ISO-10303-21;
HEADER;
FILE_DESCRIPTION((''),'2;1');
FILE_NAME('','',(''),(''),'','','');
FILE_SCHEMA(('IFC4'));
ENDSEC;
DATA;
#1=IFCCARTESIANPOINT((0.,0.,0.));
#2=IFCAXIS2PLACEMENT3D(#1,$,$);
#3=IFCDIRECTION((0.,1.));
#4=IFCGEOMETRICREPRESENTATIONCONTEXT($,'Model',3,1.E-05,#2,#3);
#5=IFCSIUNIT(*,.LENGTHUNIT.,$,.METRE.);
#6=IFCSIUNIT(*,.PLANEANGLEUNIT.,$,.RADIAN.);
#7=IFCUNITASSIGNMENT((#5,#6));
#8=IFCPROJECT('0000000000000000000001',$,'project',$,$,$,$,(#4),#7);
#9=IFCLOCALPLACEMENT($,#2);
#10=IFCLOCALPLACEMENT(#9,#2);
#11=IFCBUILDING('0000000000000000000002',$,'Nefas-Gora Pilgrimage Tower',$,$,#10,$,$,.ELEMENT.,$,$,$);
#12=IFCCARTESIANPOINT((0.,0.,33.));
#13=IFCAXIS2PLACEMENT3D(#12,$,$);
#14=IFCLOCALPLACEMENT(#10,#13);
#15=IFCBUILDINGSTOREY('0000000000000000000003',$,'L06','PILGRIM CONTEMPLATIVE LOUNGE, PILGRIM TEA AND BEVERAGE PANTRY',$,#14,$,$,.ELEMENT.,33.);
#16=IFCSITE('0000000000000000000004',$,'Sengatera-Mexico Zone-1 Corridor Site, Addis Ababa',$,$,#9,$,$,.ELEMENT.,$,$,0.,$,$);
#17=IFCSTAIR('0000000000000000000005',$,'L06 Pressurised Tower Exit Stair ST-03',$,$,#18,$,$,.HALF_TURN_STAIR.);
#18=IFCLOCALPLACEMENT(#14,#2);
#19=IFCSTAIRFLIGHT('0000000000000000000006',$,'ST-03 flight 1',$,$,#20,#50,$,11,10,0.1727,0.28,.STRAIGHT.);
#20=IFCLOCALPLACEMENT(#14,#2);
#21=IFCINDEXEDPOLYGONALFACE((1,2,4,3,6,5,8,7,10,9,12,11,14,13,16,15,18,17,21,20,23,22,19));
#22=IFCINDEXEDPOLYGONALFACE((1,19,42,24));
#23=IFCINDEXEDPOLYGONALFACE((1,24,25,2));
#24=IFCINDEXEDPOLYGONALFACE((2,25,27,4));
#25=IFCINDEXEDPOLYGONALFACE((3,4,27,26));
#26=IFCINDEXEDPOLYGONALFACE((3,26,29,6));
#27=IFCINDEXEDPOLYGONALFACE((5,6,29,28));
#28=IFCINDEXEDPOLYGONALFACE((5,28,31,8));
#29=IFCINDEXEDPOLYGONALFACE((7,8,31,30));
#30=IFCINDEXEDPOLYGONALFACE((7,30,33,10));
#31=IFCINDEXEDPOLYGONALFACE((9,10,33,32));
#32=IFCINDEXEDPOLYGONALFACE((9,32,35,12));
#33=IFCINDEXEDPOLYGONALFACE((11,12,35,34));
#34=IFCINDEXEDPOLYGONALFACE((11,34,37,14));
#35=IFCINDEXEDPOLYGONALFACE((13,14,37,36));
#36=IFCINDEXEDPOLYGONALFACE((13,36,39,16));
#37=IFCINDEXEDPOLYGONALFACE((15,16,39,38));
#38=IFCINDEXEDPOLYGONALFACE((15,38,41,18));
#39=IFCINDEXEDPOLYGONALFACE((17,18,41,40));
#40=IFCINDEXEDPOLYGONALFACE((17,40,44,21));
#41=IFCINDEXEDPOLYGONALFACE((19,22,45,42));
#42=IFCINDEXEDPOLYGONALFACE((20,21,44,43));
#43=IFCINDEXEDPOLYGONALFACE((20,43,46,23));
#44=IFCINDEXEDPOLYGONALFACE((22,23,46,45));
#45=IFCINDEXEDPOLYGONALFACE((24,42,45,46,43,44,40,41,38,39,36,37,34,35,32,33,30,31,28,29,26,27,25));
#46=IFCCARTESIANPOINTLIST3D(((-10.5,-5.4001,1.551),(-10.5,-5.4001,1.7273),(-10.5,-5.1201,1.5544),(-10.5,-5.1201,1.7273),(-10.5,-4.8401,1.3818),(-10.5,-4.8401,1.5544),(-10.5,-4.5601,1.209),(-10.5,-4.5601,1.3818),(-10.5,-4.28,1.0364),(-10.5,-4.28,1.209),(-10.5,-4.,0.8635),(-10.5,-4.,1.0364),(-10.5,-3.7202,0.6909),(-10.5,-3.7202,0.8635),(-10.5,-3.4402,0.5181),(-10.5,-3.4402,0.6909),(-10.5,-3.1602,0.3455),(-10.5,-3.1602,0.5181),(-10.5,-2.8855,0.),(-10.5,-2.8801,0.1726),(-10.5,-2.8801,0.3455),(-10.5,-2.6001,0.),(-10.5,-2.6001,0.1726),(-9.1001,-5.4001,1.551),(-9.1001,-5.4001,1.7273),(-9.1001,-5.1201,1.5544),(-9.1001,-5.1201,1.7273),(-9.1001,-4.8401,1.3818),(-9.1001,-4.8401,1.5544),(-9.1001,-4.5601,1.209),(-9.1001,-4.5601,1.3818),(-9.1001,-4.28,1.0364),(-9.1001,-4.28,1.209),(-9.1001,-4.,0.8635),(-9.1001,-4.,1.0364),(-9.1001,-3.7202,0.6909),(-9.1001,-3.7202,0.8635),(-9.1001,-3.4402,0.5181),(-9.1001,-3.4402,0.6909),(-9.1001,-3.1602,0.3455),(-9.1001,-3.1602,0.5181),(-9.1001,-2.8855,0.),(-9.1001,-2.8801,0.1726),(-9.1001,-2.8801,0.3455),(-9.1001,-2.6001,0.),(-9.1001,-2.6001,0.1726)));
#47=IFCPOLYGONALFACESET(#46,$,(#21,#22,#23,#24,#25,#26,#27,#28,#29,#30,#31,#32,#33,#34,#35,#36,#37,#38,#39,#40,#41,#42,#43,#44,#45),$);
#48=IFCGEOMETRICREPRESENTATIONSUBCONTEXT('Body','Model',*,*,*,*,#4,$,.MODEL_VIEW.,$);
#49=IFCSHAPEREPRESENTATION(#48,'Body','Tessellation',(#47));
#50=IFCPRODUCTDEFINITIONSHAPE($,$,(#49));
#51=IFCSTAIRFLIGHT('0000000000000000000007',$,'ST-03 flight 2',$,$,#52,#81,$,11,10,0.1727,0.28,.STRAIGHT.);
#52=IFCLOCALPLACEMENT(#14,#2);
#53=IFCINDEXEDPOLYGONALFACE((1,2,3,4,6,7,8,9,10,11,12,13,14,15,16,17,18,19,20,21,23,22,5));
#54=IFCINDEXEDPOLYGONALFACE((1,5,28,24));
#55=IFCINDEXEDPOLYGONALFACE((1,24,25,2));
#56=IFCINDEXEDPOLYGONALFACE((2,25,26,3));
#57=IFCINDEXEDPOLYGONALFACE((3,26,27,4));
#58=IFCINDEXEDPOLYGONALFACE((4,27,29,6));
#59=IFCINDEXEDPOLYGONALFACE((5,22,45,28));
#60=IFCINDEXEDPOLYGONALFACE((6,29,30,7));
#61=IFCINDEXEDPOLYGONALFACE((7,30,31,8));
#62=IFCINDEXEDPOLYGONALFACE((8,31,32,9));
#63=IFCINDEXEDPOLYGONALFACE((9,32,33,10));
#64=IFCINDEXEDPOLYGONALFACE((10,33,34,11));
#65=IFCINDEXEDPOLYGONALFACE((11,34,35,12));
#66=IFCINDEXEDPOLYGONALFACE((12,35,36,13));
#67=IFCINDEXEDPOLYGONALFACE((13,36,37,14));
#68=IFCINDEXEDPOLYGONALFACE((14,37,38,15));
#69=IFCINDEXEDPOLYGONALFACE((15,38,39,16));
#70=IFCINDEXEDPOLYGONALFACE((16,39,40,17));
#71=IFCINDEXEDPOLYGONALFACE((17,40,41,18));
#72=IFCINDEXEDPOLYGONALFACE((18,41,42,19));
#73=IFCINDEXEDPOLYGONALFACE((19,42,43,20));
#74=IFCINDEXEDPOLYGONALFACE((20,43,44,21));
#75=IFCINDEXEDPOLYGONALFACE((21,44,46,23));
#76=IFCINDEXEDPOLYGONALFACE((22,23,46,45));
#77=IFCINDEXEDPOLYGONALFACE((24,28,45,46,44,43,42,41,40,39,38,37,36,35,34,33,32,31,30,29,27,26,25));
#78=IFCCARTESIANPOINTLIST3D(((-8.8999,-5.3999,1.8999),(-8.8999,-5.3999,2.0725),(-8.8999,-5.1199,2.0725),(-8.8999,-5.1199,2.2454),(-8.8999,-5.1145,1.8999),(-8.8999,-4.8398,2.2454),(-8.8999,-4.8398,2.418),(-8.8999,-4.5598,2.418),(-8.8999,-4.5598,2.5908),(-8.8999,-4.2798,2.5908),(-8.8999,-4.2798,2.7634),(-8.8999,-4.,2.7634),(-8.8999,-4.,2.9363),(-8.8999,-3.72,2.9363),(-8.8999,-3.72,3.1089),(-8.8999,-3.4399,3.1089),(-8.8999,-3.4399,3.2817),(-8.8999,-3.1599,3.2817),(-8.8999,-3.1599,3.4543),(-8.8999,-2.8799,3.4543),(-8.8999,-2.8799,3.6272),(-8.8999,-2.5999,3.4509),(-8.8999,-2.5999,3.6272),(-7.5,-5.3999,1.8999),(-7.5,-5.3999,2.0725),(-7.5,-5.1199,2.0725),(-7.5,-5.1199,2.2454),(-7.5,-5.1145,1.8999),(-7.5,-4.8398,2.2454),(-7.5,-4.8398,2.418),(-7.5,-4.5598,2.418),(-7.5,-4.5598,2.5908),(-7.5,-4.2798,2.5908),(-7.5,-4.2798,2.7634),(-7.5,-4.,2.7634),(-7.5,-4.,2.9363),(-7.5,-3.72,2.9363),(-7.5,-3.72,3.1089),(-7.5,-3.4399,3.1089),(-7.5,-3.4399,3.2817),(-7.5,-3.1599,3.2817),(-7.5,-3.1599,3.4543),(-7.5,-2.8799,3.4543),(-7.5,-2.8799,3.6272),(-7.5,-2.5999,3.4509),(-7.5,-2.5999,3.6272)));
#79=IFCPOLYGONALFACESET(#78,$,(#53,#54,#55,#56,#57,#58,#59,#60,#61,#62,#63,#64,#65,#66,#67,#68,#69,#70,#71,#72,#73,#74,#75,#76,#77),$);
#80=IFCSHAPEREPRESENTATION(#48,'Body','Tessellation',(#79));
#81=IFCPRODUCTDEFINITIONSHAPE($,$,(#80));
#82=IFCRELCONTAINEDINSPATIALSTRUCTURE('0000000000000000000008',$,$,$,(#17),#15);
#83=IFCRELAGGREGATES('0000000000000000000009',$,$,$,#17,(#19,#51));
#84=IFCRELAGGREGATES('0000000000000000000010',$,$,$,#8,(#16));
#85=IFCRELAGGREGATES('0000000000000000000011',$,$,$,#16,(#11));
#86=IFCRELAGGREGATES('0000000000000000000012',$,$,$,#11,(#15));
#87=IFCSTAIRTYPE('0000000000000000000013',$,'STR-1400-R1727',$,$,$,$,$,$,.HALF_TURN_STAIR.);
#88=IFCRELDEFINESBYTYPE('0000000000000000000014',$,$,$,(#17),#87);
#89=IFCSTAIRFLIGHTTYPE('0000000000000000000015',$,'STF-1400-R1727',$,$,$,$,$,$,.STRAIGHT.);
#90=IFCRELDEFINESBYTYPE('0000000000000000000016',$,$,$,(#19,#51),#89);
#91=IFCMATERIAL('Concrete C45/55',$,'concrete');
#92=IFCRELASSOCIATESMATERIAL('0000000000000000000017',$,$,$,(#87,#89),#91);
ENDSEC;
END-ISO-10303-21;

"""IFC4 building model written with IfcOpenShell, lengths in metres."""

from ifc_helpers import new_model, si_unit, direction, frame, origin, place, context, subcontext, project, spatial, polyline, outline, extrude, source, transform, mapped, material, type_object, element, aggregate, save


model = new_model("IFC4")

# Units and contexts
model_context = context("Model", 3, precision=1e-05, world=origin(), true_north=direction((0.0, 1.0)))
body_context = subcontext(model_context, "Body", "Model", "MODEL_VIEW")
ifc_project = project(units=[si_unit("LENGTHUNIT", "METRE"), si_unit("PLANEANGLEUNIT", "RADIAN")], contexts=[model_context])

# Site, building, storey
site_placement = place(None, origin())
site = spatial("IfcSite", under=ifc_project, at=site_placement, Name="Sengatera-Mexico Zone-1 Corridor Site, Addis Ababa", CompositionType="ELEMENT", RefElevation=0.0)
building_placement = place(site_placement, origin())
building = spatial("IfcBuilding", under=site, at=building_placement, Name="Nefas-Gora Pilgrimage Tower", CompositionType="ELEMENT")
storey_placement = place(building_placement, frame((0.0, 0.0, 33.0)))
storey = spatial("IfcBuildingStorey", under=building, at=storey_placement, Name="L06", Description="PILGRIM CONTEMPLATIVE LOUNGE, PILGRIM TEA AND BEVERAGE PANTRY", CompositionType="ELEMENT", Elevation=33.0)

# Shared definitions
ifc_material_1 = material(Name="Concrete C45/55", Category="concrete")

# Stair, stair flights
stair_type = type_object("IfcStairType", Name="STR-1400-R1727", PredefinedType="HALF_TURN_STAIR", material=ifc_material_1)
stair_placement = place(storey_placement, origin())
stair = element("IfcStair", 1, at=stair_placement, inside=storey, type_object=stair_type, Name="L06 Pressurised Tower Exit Stair ST-03", PredefinedType="HALF_TURN_STAIR")
stair_flight_type = type_object("IfcStairFlightType", Name="STF-1400-R1727", PredefinedType="STRAIGHT", material=ifc_material_1)
shared_shape_1 = source(origin(), body_context, "Body", "SweptSolid", [
    extrude(outline(polyline([(0.0, 0.0), (0.0, 0.1726), (0.28, 0.1726), (0.28, 0.3455), (0.5601, 0.3455), (0.5601, 0.5181), (0.8401, 0.5181), (0.8401, 0.6909), (1.1201, 0.6909), (1.1201, 0.8635), (1.3999, 0.8635), (1.3999, 1.0364), (1.6799, 1.0364), (1.6799, 1.209), (1.96, 1.209), (1.96, 1.3818), (2.24, 1.3818), (2.24, 1.5544), (2.52, 1.5544), (2.52, 1.7273), (2.8, 1.7273), (2.8, 1.8999), (2.8, 1.551), (0.2854, 0.0), (0.0, 0.0)])), frame((0.0, 0.7, 0.0), z_axis=(0.0, -1.0, 0.0), x_axis=(1.0, 0.0, 0.0)), (0.0, 0.0, 1.0), 1.3999),
])
stair_flight_1_placement = place(storey_placement, frame((-9.8, -2.6001, 0.0), z_axis=(0.0, 0.0, 1.0), x_axis=(0.0, -1.0, 0.0)))
stair_flight_1 = element("IfcStairFlight", 2, at=stair_flight_1_placement, type_object=stair_flight_type, Name="ST-03 flight 1", NumberOfRisers=11, NumberOfTreads=10, PredefinedType="STRAIGHT", RiserHeight=0.1727, TreadLength=0.28, context=body_context, shape_type="MappedRepresentation", body=[
    mapped(shared_shape_1, transform((0.0, 0.0, 0.0), x_axis=(1.0, 0.0, 0.0), y_axis=(0.0, 1.0, 0.0), z_axis=(0.0, 0.0, 1.0), scale=1.0)),
])
stair_flight_2_placement = place(storey_placement, frame((-8.2, -5.3999, 1.8999), z_axis=(0.0, 0.0, 1.0), x_axis=(0.0, 1.0, 0.0)))
stair_flight_2 = element("IfcStairFlight", 3, at=stair_flight_2_placement, type_object=stair_flight_type, Name="ST-03 flight 2", NumberOfRisers=11, NumberOfTreads=10, PredefinedType="STRAIGHT", RiserHeight=0.1727, TreadLength=0.28, context=body_context, shape_type="MappedRepresentation", body=[
    mapped(shared_shape_1, transform((0.0, 0.0, 0.0), x_axis=(1.0, 0.0, 0.0), y_axis=(0.0, 1.0, 0.0), z_axis=(0.0, 0.0, 1.0), scale=1.0)),
])
aggregate(stair, [stair_flight_1, stair_flight_2])

save(model, "model.ifc")
